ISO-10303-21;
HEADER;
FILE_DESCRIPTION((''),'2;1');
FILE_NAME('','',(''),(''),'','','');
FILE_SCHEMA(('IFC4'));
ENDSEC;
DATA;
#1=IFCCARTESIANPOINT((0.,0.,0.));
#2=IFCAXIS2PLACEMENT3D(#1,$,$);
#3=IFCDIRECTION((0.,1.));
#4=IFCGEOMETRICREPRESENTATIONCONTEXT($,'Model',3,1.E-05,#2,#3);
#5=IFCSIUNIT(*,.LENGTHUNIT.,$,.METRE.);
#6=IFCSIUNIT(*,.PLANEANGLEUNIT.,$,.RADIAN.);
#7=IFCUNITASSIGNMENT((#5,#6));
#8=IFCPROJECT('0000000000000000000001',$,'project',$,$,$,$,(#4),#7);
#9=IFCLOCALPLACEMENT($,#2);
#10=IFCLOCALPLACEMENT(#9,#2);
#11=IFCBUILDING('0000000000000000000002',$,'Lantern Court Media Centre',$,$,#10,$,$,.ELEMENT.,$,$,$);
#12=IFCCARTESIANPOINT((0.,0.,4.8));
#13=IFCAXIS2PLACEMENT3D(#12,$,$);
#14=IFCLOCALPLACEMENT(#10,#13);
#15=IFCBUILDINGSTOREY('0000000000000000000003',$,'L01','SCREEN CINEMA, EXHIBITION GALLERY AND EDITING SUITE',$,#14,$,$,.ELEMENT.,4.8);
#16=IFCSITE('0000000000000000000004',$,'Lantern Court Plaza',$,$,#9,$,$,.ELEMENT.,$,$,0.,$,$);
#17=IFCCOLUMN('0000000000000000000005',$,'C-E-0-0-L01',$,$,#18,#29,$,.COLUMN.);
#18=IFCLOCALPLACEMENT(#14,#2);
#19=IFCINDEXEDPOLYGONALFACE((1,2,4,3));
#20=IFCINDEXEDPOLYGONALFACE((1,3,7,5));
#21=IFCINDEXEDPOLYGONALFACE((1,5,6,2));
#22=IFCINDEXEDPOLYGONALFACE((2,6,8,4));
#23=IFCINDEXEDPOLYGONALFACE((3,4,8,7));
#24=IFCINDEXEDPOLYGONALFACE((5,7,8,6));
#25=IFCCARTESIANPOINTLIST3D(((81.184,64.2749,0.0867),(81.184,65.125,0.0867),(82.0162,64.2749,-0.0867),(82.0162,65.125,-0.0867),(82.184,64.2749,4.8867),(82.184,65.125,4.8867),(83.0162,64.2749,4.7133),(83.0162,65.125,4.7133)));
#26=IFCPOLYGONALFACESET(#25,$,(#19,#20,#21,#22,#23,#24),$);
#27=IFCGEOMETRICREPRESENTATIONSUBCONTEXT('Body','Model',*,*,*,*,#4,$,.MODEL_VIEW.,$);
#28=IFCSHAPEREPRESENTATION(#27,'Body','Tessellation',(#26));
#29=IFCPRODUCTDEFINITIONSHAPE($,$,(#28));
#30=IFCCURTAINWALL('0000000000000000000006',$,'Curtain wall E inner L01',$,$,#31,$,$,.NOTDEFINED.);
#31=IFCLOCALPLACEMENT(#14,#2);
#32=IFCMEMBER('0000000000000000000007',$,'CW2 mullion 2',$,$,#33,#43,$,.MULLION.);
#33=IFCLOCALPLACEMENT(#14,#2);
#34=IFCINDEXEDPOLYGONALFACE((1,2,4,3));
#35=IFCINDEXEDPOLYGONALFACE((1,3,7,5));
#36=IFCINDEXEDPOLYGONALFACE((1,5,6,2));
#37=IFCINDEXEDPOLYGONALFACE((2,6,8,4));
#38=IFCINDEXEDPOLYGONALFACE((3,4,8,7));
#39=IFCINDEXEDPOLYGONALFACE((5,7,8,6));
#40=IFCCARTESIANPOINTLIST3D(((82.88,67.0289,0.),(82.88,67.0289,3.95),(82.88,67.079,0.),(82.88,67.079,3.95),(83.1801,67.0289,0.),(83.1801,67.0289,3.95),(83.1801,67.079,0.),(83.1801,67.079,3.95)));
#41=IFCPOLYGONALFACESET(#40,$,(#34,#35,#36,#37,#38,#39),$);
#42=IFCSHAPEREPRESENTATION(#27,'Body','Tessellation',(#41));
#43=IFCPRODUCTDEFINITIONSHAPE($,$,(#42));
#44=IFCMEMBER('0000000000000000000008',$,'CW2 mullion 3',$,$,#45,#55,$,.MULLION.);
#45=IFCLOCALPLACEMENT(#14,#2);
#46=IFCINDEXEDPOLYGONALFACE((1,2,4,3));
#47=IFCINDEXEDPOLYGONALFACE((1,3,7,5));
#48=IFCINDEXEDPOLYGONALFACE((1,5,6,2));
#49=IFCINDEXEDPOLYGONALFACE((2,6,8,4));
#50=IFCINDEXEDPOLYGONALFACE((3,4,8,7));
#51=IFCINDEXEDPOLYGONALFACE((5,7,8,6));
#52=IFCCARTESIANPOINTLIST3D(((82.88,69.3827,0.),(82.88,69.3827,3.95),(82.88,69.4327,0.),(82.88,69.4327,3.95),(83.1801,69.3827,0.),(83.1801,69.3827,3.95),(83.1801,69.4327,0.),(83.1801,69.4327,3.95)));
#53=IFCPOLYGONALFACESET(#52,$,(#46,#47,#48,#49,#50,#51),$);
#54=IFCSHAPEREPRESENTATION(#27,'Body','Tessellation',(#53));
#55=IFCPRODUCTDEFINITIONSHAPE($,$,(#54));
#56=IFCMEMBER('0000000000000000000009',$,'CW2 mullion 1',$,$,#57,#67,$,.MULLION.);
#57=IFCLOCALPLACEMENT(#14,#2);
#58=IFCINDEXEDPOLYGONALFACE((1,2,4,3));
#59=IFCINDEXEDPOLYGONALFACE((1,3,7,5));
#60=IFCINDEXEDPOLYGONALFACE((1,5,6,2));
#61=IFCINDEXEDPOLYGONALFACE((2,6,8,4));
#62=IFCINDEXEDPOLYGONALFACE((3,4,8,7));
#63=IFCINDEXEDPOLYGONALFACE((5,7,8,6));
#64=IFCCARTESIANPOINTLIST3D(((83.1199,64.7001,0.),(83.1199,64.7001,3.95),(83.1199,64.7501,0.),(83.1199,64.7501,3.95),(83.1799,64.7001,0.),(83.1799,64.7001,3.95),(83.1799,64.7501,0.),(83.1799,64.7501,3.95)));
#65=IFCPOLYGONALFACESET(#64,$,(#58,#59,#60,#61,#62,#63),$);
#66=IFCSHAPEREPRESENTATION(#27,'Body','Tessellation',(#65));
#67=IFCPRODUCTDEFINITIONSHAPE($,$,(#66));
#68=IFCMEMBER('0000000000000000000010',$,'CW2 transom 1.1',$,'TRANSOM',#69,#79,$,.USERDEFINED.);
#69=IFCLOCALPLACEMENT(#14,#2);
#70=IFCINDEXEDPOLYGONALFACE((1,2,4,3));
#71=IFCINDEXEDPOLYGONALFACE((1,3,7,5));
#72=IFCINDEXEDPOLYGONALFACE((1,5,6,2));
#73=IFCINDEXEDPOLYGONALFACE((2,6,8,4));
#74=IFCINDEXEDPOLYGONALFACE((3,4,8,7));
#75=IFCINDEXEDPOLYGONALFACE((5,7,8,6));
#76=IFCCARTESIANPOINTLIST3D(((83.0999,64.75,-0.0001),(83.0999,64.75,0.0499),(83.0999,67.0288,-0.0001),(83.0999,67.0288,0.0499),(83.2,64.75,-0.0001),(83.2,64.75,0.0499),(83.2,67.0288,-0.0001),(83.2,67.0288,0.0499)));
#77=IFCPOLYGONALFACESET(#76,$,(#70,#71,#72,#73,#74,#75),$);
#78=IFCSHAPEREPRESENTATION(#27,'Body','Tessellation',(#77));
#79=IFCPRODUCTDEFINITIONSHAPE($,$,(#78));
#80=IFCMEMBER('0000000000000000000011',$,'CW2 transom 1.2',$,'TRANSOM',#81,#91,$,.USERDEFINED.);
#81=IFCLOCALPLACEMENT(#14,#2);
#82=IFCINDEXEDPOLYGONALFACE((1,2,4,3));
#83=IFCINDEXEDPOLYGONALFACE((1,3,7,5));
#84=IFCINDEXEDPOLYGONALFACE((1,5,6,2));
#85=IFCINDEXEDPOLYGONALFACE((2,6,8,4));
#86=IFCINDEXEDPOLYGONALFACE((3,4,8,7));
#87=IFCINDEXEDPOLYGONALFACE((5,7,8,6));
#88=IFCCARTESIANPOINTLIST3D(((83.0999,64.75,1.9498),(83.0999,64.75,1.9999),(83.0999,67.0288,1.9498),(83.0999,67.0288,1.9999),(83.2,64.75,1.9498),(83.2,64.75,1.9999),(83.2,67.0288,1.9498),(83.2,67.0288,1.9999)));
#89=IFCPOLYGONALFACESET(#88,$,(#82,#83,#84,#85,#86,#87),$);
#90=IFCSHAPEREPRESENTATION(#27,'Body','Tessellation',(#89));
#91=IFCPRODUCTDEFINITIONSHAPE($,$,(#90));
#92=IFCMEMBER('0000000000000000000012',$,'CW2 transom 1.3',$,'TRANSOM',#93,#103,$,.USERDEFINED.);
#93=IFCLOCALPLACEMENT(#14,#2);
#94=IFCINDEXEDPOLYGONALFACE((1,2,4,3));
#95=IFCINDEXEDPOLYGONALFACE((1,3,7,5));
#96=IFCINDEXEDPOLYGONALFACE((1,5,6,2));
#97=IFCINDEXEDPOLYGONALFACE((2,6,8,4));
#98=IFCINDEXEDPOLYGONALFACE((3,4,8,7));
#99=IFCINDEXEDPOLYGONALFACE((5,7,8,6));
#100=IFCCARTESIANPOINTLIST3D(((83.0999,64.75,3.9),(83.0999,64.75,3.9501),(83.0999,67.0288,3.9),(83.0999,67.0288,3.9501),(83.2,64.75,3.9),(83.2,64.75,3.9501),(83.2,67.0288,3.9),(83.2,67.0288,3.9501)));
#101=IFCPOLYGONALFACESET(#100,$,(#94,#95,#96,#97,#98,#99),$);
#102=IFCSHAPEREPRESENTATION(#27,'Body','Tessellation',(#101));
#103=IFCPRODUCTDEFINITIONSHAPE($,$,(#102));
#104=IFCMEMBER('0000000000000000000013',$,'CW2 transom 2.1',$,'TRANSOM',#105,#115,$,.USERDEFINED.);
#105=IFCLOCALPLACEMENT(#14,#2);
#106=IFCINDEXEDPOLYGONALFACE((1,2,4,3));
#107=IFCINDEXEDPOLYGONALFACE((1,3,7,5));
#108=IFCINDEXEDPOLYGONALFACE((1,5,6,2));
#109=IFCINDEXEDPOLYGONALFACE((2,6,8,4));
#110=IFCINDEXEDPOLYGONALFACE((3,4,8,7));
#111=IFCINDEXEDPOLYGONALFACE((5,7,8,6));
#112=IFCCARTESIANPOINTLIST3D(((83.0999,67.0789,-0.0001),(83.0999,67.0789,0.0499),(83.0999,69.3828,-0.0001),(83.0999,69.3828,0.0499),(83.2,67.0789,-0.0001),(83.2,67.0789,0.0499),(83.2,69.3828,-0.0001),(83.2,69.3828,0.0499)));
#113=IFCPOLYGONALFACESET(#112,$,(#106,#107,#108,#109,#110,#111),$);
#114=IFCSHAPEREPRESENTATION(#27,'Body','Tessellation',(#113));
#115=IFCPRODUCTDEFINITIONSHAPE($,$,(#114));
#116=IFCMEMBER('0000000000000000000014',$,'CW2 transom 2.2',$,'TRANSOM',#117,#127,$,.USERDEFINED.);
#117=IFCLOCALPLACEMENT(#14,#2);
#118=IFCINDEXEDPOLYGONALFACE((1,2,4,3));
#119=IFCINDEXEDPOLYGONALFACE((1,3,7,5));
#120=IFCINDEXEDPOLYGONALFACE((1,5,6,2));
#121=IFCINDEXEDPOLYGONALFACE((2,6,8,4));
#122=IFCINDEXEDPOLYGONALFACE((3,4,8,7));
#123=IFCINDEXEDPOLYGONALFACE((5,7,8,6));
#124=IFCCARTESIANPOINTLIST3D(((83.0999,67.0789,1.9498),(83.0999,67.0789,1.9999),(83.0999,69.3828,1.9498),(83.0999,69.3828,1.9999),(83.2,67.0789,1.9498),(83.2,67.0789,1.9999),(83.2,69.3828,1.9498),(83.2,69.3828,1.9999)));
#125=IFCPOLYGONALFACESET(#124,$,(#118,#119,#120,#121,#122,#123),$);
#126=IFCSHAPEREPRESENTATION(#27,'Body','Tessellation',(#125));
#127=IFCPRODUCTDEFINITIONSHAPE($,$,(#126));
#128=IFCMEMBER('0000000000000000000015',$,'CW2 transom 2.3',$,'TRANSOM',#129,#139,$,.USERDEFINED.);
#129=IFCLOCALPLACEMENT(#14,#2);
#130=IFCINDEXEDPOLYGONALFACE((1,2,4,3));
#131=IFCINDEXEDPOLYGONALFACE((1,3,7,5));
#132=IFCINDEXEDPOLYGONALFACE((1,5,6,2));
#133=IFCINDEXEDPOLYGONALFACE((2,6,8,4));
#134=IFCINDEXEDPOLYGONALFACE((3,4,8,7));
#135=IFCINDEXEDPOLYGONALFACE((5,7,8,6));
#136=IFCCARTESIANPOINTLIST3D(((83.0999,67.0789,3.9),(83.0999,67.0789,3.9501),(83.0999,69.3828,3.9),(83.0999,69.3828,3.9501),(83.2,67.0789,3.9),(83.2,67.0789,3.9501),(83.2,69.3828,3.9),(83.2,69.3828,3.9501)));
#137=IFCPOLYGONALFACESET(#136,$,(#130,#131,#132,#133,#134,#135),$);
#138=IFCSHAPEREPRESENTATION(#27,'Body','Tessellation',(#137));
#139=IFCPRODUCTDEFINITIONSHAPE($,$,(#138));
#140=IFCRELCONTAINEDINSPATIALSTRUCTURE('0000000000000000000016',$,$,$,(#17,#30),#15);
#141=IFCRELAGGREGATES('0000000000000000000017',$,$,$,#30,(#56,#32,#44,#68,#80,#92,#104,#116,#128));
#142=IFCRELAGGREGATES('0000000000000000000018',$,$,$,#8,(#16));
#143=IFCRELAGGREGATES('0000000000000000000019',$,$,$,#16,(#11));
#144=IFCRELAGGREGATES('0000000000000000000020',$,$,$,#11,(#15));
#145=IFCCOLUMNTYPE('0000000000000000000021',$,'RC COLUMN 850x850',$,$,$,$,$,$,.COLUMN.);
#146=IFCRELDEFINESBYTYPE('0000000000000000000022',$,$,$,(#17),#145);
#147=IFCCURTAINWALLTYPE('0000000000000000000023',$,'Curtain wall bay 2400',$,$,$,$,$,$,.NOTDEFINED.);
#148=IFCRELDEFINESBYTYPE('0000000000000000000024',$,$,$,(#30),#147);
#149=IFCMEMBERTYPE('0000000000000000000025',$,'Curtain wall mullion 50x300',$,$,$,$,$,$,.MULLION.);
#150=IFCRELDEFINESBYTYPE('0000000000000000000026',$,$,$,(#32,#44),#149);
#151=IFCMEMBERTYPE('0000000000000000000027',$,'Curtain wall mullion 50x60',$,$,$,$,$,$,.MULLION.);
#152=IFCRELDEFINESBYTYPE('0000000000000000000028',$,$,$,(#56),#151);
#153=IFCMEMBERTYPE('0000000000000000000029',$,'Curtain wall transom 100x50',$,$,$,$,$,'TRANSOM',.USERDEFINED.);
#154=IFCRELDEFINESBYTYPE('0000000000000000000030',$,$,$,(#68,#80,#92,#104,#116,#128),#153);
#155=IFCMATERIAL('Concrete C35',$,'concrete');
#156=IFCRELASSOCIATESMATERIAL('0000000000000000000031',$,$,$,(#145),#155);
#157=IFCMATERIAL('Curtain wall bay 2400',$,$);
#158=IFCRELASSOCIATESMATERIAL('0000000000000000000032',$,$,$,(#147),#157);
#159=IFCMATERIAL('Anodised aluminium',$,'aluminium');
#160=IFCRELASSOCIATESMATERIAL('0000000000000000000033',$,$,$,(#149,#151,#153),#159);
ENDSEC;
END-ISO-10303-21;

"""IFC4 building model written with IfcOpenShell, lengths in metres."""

from ifc_helpers import new_model, si_unit, direction, frame, origin, origin_2d, place, context, subcontext, project, spatial, rectangle, extrude, material, material_profile, profile_set, type_object, element, aggregate, save


model = new_model("IFC4")

# Units and contexts
model_context = context("Model", 3, precision=1e-05, world=origin(), true_north=direction((0.0, 1.0)))
body_context = subcontext(model_context, "Body", "Model", "MODEL_VIEW")
ifc_project = project(units=[si_unit("LENGTHUNIT", "METRE"), si_unit("PLANEANGLEUNIT", "RADIAN")], contexts=[model_context])

# Site, building, storey
site_placement = place(None, origin())
site = spatial("IfcSite", under=ifc_project, at=site_placement, Name="Lantern Court Plaza", CompositionType="ELEMENT", RefElevation=0.0)
building_placement = place(site_placement, origin())
building = spatial("IfcBuilding", under=site, at=building_placement, Name="Lantern Court Media Centre", CompositionType="ELEMENT")
storey_placement = place(building_placement, frame((0.0, 0.0, 4.8)))
storey = spatial("IfcBuildingStorey", under=building, at=storey_placement, Name="L01", Description="SCREEN CINEMA, EXHIBITION GALLERY AND EDITING SUITE", CompositionType="ELEMENT", Elevation=4.8)

# Column
ifc_material_1 = material(Name="Concrete C35", Category="concrete")
ifc_material_profile_1 = material_profile(ifc_material_1, rectangle(XDim=0.8501, YDim=0.8501, at=origin_2d()), Name="RC 850x850")
ifc_profile_set_1 = profile_set([ifc_material_profile_1], Name="Concrete C35")
column_type = type_object("IfcColumnType", Name="RC COLUMN 850x850", PredefinedType="COLUMN", material=ifc_profile_set_1)
column_placement = place(storey_placement, frame((81.6001, 64.7, 0.0), z_axis=(0.203952, 0.0, 0.978981), x_axis=(0.0, 1.0, 0.0)))
element("IfcColumn", 1, at=column_placement, inside=storey, type_object=column_type, Name="C-E-0-0-L01", PredefinedType="COLUMN", context=body_context, shape_type="SweptSolid", body=[
    extrude(rectangle(XDim=0.8501, YDim=0.8501, at=origin_2d()), origin(), (0.0, 0.0, 1.0), 4.9031),
])

# Curtain wall, members
ifc_material_2 = material(Name="Curtain wall bay 2400")
curtain_wall_type = type_object("IfcCurtainWallType", Name="Curtain wall bay 2400", PredefinedType="NOTDEFINED", material=ifc_material_2)
curtain_wall_placement = place(storey_placement, origin())
curtain_wall = element("IfcCurtainWall", 2, at=curtain_wall_placement, inside=storey, type_object=curtain_wall_type, Name="Curtain wall E inner L01", PredefinedType="NOTDEFINED")
ifc_material_3 = material(Name="Anodised aluminium", Category="aluminium")
ifc_material_profile_2 = material_profile(ifc_material_3, rectangle(XDim=0.3, YDim=0.05, at=origin_2d()), Name="AL 50x300")
ifc_profile_set_2 = profile_set([ifc_material_profile_2], Name="Anodised aluminium")
member_type_1 = type_object("IfcMemberType", Name="Curtain wall mullion 50x300", PredefinedType="MULLION", material=ifc_profile_set_2)
member_1_placement = place(storey_placement, frame((83.03, 67.054, 0.0), z_axis=(0.0, 0.0, 1.0), x_axis=(-1.0, 0.0, 0.0)))
member_1 = element("IfcMember", 3, at=member_1_placement, type_object=member_type_1, Name="CW2 mullion 2", PredefinedType="MULLION", context=body_context, shape_type="SweptSolid", body=[
    extrude(rectangle(XDim=0.3, YDim=0.05, at=origin_2d()), origin(), (0.0, 0.0, 1.0), 3.95),
])
member_2_placement = place(storey_placement, frame((83.03, 69.4077, 0.0), z_axis=(0.0, 0.0, 1.0), x_axis=(-1.0, 0.0, 0.0)))
member_2 = element("IfcMember", 4, at=member_2_placement, type_object=member_type_1, Name="CW2 mullion 3", PredefinedType="MULLION", context=body_context, shape_type="SweptSolid", body=[
    extrude(rectangle(XDim=0.3, YDim=0.05, at=origin_2d()), origin(), (0.0, 0.0, 1.0), 3.95),
])
ifc_material_profile_3 = material_profile(ifc_material_3, rectangle(XDim=0.0601, YDim=0.05, at=origin_2d()), Name="AL 50x60")
ifc_profile_set_3 = profile_set([ifc_material_profile_3], Name="Anodised aluminium")
member_type_2 = type_object("IfcMemberType", Name="Curtain wall mullion 50x60", PredefinedType="MULLION", material=ifc_profile_set_3)
member_3_placement = place(storey_placement, frame((83.1499, 64.7251, 0.0), z_axis=(0.0, 0.0, 1.0), x_axis=(-1.0, 0.0, 0.0)))
member_3 = element("IfcMember", 5, at=member_3_placement, type_object=member_type_2, Name="CW2 mullion 1", PredefinedType="MULLION", context=body_context, shape_type="SweptSolid", body=[
    extrude(rectangle(XDim=0.0601, YDim=0.05, at=origin_2d()), origin(), (0.0, 0.0, 1.0), 3.95),
])
ifc_material_profile_4 = material_profile(ifc_material_3, rectangle(XDim=0.1001, YDim=0.05, at=origin_2d()), Name="AL 50x100")
ifc_profile_set_4 = profile_set([ifc_material_profile_4], Name="Anodised aluminium")
member_type_3 = type_object("IfcMemberType", Name="Curtain wall transom 100x50", ElementType="TRANSOM", PredefinedType="USERDEFINED", material=ifc_profile_set_4)
member_4_placement = place(storey_placement, frame((83.1499, 64.75, 0.0249), z_axis=(0.0, 1.0, 0.0), x_axis=(-1.0, 0.0, 0.0)))
member_4 = element("IfcMember", 6, at=member_4_placement, type_object=member_type_3, Name="CW2 transom 1.1", ObjectType="TRANSOM", PredefinedType="USERDEFINED", context=body_context, shape_type="SweptSolid", body=[
    extrude(rectangle(XDim=0.1001, YDim=0.05, at=origin_2d()), origin(), (0.0, 0.0, 1.0), 2.2788),
])
member_5_placement = place(storey_placement, frame((83.1499, 64.75, 1.9749), z_axis=(0.0, 1.0, 0.0), x_axis=(-1.0, 0.0, 0.0)))
member_5 = element("IfcMember", 7, at=member_5_placement, type_object=member_type_3, Name="CW2 transom 1.2", ObjectType="TRANSOM", PredefinedType="USERDEFINED", context=body_context, shape_type="SweptSolid", body=[
    extrude(rectangle(XDim=0.1001, YDim=0.05, at=origin_2d()), origin(), (0.0, 0.0, 1.0), 2.2788),
])
member_6_placement = place(storey_placement, frame((83.1499, 64.75, 3.925), z_axis=(0.0, 1.0, 0.0), x_axis=(-1.0, 0.0, 0.0)))
member_6 = element("IfcMember", 8, at=member_6_placement, type_object=member_type_3, Name="CW2 transom 1.3", ObjectType="TRANSOM", PredefinedType="USERDEFINED", context=body_context, shape_type="SweptSolid", body=[
    extrude(rectangle(XDim=0.1001, YDim=0.05, at=origin_2d()), origin(), (0.0, 0.0, 1.0), 2.2788),
])
member_7_placement = place(storey_placement, frame((83.1499, 67.0789, 0.0249), z_axis=(0.0, 1.0, 0.0), x_axis=(-1.0, 0.0, 0.0)))
member_7 = element("IfcMember", 9, at=member_7_placement, type_object=member_type_3, Name="CW2 transom 2.1", ObjectType="TRANSOM", PredefinedType="USERDEFINED", context=body_context, shape_type="SweptSolid", body=[
    extrude(rectangle(XDim=0.1001, YDim=0.05, at=origin_2d()), origin(), (0.0, 0.0, 1.0), 2.304),
])
member_8_placement = place(storey_placement, frame((83.1499, 67.0789, 1.9749), z_axis=(0.0, 1.0, 0.0), x_axis=(-1.0, 0.0, 0.0)))
member_8 = element("IfcMember", 10, at=member_8_placement, type_object=member_type_3, Name="CW2 transom 2.2", ObjectType="TRANSOM", PredefinedType="USERDEFINED", context=body_context, shape_type="SweptSolid", body=[
    extrude(rectangle(XDim=0.1001, YDim=0.05, at=origin_2d()), origin(), (0.0, 0.0, 1.0), 2.304),
])
member_9_placement = place(storey_placement, frame((83.1499, 67.0789, 3.925), z_axis=(0.0, 1.0, 0.0), x_axis=(-1.0, 0.0, 0.0)))
member_9 = element("IfcMember", 11, at=member_9_placement, type_object=member_type_3, Name="CW2 transom 2.3", ObjectType="TRANSOM", PredefinedType="USERDEFINED", context=body_context, shape_type="SweptSolid", body=[
    extrude(rectangle(XDim=0.1001, YDim=0.05, at=origin_2d()), origin(), (0.0, 0.0, 1.0), 2.304),
])

aggregate(curtain_wall, [member_3, member_1, member_2, member_4, member_5, member_6, member_7, member_8, member_9])

save(model, "model.ifc")
